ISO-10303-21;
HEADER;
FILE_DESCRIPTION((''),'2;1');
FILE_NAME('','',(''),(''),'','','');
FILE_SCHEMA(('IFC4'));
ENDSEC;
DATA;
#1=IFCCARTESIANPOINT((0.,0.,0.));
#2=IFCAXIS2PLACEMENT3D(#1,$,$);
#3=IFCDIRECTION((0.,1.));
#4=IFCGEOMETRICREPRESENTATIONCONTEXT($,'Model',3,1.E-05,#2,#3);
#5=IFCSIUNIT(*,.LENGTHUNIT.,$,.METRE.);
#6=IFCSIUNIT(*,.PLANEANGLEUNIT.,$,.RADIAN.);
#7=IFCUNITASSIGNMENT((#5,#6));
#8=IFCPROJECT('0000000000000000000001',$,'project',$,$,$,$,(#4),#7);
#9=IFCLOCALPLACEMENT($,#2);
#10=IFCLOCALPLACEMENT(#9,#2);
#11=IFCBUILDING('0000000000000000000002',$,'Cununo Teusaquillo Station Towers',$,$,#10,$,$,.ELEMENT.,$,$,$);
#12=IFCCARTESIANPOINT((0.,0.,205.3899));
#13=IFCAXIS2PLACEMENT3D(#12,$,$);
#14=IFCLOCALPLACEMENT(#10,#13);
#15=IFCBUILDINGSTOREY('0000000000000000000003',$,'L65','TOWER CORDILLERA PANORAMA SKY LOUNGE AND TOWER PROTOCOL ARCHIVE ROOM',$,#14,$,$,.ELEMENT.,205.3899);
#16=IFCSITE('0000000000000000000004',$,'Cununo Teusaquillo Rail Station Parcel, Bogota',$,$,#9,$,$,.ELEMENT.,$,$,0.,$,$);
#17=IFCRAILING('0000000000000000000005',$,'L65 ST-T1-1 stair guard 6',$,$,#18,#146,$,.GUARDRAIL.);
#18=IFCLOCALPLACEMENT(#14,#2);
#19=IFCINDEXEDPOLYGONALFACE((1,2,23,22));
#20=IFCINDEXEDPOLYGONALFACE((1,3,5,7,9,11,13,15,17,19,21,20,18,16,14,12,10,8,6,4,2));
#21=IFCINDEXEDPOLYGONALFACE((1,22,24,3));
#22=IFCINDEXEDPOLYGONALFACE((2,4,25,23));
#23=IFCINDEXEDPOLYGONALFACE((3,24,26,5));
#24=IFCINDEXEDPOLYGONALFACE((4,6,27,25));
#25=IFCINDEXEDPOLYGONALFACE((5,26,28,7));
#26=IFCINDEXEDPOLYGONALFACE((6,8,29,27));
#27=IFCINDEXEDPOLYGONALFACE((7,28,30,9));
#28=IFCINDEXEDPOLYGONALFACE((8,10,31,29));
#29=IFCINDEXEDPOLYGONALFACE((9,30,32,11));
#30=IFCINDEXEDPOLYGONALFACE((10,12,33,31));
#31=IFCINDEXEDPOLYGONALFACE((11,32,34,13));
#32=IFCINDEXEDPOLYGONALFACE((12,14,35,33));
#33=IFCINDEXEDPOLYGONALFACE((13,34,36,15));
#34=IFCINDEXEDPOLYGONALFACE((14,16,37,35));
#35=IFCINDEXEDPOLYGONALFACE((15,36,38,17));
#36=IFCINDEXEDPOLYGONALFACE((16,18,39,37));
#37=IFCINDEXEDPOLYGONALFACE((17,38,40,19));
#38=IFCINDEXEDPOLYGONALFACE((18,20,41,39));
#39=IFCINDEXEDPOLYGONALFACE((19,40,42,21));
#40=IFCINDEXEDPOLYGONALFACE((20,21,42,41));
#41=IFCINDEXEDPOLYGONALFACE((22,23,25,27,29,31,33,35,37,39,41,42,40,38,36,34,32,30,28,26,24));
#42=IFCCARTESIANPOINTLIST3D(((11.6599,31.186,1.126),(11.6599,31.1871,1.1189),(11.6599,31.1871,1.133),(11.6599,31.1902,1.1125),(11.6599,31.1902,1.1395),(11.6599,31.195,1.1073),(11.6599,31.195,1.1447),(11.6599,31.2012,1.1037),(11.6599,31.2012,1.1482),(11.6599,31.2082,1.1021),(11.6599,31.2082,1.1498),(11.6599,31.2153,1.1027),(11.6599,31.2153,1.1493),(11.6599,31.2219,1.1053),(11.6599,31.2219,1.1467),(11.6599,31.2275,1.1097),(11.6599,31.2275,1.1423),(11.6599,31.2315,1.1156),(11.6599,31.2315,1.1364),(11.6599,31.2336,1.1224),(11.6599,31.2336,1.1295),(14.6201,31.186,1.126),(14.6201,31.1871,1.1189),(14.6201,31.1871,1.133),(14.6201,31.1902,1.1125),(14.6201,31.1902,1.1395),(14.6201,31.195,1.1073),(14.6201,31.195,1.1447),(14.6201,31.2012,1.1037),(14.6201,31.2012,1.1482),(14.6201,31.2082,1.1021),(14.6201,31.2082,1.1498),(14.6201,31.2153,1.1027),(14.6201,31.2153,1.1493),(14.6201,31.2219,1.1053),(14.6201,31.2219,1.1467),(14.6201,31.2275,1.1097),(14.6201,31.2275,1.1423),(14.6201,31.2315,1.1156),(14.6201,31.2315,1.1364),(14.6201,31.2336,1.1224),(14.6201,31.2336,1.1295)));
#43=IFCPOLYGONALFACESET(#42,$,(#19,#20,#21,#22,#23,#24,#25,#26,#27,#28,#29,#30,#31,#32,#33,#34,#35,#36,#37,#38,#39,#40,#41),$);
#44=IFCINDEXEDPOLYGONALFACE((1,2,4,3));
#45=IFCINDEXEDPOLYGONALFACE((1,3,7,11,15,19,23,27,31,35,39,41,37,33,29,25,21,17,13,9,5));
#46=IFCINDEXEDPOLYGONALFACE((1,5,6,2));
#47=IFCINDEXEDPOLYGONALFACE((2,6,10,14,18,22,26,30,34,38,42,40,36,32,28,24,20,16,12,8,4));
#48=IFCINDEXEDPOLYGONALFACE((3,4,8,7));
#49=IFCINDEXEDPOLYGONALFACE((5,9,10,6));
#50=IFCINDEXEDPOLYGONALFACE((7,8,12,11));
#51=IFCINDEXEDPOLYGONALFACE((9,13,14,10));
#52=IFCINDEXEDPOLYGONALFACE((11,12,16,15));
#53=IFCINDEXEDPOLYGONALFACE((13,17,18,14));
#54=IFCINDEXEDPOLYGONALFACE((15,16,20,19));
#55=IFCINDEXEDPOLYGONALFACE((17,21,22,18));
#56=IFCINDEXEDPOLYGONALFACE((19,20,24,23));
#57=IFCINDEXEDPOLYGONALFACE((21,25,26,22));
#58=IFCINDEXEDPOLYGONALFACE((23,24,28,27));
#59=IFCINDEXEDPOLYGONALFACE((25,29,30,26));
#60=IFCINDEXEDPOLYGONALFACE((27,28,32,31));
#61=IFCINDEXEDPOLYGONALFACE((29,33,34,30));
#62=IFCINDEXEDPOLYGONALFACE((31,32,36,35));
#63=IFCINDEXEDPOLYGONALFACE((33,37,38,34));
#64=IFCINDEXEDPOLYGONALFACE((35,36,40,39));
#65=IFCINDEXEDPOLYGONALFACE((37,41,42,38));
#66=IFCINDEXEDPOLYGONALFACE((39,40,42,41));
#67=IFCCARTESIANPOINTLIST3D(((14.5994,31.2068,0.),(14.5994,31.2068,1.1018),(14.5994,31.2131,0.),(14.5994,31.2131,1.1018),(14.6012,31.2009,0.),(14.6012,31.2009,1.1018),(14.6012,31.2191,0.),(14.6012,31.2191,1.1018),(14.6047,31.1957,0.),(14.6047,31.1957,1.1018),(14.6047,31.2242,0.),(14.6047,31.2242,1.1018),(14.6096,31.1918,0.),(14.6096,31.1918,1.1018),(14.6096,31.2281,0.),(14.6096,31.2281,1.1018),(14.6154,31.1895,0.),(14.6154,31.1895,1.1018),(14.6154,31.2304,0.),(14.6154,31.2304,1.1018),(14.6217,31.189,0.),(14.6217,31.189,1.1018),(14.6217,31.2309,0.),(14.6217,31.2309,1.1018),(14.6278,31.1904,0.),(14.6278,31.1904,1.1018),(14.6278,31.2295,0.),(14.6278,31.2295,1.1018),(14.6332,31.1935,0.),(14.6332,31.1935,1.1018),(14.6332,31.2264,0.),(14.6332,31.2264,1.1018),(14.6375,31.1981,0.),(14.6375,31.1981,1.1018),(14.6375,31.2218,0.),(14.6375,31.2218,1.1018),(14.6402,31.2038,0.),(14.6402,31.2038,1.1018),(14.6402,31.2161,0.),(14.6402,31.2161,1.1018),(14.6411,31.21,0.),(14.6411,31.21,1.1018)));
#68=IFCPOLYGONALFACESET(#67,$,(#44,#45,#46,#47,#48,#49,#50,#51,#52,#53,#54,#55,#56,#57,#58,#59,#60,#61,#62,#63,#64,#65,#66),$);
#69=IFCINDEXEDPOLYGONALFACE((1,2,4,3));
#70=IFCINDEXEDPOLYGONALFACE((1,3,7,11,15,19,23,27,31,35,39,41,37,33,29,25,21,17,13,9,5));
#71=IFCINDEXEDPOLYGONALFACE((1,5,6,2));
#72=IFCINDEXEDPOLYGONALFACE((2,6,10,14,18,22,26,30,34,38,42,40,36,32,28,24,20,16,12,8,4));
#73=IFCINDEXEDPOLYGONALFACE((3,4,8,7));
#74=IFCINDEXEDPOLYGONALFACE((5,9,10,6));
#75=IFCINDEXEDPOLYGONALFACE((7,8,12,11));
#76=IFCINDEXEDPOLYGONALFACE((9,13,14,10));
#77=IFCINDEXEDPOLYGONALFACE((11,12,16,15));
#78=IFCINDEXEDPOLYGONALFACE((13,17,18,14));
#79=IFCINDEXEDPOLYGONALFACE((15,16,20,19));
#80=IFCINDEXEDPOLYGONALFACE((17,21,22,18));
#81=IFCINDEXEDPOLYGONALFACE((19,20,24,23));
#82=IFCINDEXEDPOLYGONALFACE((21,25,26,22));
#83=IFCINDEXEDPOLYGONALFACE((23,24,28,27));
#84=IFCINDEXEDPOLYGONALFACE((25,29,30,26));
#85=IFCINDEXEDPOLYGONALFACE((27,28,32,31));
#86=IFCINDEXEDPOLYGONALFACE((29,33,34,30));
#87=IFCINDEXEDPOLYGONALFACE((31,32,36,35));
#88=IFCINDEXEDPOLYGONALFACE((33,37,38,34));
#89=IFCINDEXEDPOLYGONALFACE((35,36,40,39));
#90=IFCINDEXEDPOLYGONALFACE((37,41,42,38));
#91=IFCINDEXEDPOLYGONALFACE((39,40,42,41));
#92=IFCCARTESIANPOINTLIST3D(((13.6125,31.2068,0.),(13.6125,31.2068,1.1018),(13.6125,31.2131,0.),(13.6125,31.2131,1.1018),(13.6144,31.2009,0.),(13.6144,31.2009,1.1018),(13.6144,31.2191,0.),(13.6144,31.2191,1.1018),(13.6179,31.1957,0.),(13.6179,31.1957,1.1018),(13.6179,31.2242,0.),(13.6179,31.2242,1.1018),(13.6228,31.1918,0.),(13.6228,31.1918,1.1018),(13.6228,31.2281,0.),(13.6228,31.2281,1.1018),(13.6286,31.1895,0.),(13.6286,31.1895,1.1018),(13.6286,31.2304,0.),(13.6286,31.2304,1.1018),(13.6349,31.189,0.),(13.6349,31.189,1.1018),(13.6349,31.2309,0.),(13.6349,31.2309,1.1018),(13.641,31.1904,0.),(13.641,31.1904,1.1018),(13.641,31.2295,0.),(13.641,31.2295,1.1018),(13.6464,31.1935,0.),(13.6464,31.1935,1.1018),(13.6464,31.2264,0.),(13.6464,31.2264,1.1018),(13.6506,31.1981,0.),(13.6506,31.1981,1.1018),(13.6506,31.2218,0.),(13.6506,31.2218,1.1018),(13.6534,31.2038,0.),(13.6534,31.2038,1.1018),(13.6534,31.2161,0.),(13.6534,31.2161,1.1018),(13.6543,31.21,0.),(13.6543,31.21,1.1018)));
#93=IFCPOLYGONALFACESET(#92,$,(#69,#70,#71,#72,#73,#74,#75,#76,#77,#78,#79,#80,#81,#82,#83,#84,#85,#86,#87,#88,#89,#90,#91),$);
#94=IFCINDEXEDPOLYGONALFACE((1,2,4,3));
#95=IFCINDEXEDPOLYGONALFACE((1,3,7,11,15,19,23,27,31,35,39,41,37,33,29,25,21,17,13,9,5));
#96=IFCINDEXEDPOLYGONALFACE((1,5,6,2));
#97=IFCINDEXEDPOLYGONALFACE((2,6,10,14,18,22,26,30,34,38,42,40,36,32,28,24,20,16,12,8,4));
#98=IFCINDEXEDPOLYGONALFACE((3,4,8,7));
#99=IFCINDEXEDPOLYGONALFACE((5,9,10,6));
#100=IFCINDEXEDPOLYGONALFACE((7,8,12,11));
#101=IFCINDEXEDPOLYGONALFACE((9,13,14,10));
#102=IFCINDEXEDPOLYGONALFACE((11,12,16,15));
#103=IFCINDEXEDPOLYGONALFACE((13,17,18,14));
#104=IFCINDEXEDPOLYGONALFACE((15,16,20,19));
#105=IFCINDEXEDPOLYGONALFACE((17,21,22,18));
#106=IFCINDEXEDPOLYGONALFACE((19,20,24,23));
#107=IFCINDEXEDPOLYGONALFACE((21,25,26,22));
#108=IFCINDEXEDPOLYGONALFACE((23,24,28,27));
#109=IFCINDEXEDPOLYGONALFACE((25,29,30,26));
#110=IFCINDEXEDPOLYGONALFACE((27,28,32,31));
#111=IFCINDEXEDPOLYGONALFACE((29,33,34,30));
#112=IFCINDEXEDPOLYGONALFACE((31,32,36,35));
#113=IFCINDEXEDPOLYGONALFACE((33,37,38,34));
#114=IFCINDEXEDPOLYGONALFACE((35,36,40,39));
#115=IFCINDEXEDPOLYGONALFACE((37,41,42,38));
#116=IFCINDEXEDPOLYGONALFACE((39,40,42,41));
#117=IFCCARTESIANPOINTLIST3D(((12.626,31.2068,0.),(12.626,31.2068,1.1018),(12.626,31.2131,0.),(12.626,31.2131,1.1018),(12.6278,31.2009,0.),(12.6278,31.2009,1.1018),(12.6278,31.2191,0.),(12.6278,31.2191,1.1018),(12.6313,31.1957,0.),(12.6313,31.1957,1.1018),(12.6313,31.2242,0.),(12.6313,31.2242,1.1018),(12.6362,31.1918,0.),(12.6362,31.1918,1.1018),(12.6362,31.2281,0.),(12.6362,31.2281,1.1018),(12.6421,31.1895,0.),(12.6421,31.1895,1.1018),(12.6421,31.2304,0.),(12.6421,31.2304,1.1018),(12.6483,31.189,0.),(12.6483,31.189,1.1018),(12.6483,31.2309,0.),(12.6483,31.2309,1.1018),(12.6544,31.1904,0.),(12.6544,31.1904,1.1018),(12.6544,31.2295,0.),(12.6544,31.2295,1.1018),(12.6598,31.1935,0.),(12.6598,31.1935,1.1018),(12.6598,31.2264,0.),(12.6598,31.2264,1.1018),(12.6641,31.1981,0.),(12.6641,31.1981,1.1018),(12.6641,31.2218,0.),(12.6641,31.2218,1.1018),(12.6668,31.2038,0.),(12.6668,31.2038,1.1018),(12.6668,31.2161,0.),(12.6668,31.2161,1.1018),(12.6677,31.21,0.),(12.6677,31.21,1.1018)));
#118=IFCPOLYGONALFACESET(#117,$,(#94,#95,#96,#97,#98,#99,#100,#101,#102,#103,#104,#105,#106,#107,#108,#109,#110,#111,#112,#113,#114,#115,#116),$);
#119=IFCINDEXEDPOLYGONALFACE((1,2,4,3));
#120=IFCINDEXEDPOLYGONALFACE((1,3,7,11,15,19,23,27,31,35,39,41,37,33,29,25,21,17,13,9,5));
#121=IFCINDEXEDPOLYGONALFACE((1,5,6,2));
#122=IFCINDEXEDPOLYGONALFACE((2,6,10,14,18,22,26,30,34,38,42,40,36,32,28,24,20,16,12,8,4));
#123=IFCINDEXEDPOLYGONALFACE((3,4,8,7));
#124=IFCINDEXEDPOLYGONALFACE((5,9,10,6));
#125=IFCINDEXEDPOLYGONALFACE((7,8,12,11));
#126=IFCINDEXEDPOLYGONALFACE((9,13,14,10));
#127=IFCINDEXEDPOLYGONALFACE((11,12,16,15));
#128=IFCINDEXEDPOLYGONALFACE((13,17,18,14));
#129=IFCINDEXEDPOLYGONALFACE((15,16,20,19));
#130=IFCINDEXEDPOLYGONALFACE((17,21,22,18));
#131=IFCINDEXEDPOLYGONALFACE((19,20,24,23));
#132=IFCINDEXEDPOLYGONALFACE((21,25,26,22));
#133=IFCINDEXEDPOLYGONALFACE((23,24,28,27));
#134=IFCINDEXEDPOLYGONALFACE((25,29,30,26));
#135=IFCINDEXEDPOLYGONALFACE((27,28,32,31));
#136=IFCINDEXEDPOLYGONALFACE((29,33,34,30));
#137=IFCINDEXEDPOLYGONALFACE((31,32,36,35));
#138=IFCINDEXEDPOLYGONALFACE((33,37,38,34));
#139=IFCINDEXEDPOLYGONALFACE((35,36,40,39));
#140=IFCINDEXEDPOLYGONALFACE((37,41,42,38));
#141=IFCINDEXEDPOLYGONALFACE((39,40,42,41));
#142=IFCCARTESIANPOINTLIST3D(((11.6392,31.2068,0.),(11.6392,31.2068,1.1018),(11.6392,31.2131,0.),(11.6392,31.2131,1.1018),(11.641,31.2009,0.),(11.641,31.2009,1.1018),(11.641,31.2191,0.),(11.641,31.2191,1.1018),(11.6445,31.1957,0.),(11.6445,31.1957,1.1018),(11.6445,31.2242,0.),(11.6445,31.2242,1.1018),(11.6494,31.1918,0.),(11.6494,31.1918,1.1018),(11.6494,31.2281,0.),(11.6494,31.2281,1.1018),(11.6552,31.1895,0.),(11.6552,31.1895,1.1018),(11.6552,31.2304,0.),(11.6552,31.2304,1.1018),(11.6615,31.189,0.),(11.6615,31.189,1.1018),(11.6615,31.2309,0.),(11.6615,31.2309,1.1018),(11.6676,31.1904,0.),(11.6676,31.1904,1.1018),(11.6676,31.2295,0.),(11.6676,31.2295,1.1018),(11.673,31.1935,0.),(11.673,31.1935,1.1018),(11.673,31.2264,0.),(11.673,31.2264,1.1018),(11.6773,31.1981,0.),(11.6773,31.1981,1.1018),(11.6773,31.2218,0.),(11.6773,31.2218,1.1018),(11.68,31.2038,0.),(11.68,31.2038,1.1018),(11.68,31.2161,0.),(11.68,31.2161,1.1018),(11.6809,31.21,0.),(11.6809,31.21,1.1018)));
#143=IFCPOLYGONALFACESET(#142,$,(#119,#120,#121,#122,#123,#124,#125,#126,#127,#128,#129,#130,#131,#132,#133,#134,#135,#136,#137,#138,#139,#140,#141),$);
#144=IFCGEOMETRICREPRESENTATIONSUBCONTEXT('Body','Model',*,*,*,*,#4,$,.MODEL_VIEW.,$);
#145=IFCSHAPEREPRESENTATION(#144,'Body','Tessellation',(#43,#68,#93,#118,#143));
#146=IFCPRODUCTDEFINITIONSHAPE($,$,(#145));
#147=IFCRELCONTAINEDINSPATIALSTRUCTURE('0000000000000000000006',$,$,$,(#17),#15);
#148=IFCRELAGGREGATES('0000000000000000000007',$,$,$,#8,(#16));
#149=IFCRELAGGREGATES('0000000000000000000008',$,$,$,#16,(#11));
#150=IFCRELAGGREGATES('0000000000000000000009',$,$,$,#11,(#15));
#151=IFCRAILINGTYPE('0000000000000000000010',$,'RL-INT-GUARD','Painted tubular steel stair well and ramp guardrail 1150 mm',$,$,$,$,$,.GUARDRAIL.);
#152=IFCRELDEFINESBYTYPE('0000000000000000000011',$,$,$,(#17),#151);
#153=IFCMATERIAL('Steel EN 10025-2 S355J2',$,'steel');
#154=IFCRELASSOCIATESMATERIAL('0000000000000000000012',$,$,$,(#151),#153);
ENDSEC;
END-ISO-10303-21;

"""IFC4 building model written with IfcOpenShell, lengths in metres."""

from ifc_helpers import new_model, si_unit, direction, frame, origin, origin_2d, place, context, subcontext, project, spatial, circle, extrude, material, type_object, element, save


model = new_model("IFC4")

# Units and contexts
model_context = context("Model", 3, precision=1e-05, world=origin(), true_north=direction((0.0, 1.0)))
body_context = subcontext(model_context, "Body", "Model", "MODEL_VIEW")
ifc_project = project(units=[si_unit("LENGTHUNIT", "METRE"), si_unit("PLANEANGLEUNIT", "RADIAN")], contexts=[model_context])

# Site, building, storey
site_placement = place(None, origin())
site = spatial("IfcSite", under=ifc_project, at=site_placement, Name="Cununo Teusaquillo Rail Station Parcel, Bogota", CompositionType="ELEMENT", RefElevation=0.0)
building_placement = place(site_placement, origin())
building = spatial("IfcBuilding", under=site, at=building_placement, Name="Cununo Teusaquillo Station Towers", CompositionType="ELEMENT")
storey_placement = place(building_placement, frame((0.0, 0.0, 205.3899)))
storey = spatial("IfcBuildingStorey", under=building, at=storey_placement, Name="L65", Description="TOWER CORDILLERA PANORAMA SKY LOUNGE AND TOWER PROTOCOL ARCHIVE ROOM", CompositionType="ELEMENT", Elevation=205.3899)

# Railing
ifc_material_1 = material(Name="Steel EN 10025-2 S355J2", Category="steel")
railing_type_1 = type_object("IfcRailingType", Name="RL-INT-GUARD", Description="Painted tubular steel stair well and ramp guardrail 1150 mm", PredefinedType="GUARDRAIL", material=ifc_material_1)
railing_1_placement = place(storey_placement, frame((14.6201, 31.21, 0.0)))
element("IfcRailing", 1, at=railing_1_placement, inside=storey, type_object=railing_type_1, Name="L65 ST-T1-1 stair guard 6", PredefinedType="GUARDRAIL", context=body_context, shape_type="SweptSolid", body=[
    extrude(circle(Radius=0.0239, at=origin_2d()), frame((0.0, 0.0, 1.126), z_axis=(-1.0, 0.0, 0.0), x_axis=(0.0, -1.0, 0.0)), (0.0, 0.0, 1.0), 2.9602),
    extrude(circle(Radius=0.021, at=origin_2d()), origin(), (0.0, 0.0, 1.0), 1.1018),
    extrude(circle(Radius=0.021, at=origin_2d()), frame((-0.9868, 0.0, 0.0)), (0.0, 0.0, 1.0), 1.1018),
    extrude(circle(Radius=0.021, at=origin_2d()), frame((-1.9734, 0.0, 0.0)), (0.0, 0.0, 1.0), 1.1018),
    extrude(circle(Radius=0.021, at=origin_2d()), frame((-2.9602, 0.0, 0.0)), (0.0, 0.0, 1.0), 1.1018),
])

save(model, "model.ifc")
